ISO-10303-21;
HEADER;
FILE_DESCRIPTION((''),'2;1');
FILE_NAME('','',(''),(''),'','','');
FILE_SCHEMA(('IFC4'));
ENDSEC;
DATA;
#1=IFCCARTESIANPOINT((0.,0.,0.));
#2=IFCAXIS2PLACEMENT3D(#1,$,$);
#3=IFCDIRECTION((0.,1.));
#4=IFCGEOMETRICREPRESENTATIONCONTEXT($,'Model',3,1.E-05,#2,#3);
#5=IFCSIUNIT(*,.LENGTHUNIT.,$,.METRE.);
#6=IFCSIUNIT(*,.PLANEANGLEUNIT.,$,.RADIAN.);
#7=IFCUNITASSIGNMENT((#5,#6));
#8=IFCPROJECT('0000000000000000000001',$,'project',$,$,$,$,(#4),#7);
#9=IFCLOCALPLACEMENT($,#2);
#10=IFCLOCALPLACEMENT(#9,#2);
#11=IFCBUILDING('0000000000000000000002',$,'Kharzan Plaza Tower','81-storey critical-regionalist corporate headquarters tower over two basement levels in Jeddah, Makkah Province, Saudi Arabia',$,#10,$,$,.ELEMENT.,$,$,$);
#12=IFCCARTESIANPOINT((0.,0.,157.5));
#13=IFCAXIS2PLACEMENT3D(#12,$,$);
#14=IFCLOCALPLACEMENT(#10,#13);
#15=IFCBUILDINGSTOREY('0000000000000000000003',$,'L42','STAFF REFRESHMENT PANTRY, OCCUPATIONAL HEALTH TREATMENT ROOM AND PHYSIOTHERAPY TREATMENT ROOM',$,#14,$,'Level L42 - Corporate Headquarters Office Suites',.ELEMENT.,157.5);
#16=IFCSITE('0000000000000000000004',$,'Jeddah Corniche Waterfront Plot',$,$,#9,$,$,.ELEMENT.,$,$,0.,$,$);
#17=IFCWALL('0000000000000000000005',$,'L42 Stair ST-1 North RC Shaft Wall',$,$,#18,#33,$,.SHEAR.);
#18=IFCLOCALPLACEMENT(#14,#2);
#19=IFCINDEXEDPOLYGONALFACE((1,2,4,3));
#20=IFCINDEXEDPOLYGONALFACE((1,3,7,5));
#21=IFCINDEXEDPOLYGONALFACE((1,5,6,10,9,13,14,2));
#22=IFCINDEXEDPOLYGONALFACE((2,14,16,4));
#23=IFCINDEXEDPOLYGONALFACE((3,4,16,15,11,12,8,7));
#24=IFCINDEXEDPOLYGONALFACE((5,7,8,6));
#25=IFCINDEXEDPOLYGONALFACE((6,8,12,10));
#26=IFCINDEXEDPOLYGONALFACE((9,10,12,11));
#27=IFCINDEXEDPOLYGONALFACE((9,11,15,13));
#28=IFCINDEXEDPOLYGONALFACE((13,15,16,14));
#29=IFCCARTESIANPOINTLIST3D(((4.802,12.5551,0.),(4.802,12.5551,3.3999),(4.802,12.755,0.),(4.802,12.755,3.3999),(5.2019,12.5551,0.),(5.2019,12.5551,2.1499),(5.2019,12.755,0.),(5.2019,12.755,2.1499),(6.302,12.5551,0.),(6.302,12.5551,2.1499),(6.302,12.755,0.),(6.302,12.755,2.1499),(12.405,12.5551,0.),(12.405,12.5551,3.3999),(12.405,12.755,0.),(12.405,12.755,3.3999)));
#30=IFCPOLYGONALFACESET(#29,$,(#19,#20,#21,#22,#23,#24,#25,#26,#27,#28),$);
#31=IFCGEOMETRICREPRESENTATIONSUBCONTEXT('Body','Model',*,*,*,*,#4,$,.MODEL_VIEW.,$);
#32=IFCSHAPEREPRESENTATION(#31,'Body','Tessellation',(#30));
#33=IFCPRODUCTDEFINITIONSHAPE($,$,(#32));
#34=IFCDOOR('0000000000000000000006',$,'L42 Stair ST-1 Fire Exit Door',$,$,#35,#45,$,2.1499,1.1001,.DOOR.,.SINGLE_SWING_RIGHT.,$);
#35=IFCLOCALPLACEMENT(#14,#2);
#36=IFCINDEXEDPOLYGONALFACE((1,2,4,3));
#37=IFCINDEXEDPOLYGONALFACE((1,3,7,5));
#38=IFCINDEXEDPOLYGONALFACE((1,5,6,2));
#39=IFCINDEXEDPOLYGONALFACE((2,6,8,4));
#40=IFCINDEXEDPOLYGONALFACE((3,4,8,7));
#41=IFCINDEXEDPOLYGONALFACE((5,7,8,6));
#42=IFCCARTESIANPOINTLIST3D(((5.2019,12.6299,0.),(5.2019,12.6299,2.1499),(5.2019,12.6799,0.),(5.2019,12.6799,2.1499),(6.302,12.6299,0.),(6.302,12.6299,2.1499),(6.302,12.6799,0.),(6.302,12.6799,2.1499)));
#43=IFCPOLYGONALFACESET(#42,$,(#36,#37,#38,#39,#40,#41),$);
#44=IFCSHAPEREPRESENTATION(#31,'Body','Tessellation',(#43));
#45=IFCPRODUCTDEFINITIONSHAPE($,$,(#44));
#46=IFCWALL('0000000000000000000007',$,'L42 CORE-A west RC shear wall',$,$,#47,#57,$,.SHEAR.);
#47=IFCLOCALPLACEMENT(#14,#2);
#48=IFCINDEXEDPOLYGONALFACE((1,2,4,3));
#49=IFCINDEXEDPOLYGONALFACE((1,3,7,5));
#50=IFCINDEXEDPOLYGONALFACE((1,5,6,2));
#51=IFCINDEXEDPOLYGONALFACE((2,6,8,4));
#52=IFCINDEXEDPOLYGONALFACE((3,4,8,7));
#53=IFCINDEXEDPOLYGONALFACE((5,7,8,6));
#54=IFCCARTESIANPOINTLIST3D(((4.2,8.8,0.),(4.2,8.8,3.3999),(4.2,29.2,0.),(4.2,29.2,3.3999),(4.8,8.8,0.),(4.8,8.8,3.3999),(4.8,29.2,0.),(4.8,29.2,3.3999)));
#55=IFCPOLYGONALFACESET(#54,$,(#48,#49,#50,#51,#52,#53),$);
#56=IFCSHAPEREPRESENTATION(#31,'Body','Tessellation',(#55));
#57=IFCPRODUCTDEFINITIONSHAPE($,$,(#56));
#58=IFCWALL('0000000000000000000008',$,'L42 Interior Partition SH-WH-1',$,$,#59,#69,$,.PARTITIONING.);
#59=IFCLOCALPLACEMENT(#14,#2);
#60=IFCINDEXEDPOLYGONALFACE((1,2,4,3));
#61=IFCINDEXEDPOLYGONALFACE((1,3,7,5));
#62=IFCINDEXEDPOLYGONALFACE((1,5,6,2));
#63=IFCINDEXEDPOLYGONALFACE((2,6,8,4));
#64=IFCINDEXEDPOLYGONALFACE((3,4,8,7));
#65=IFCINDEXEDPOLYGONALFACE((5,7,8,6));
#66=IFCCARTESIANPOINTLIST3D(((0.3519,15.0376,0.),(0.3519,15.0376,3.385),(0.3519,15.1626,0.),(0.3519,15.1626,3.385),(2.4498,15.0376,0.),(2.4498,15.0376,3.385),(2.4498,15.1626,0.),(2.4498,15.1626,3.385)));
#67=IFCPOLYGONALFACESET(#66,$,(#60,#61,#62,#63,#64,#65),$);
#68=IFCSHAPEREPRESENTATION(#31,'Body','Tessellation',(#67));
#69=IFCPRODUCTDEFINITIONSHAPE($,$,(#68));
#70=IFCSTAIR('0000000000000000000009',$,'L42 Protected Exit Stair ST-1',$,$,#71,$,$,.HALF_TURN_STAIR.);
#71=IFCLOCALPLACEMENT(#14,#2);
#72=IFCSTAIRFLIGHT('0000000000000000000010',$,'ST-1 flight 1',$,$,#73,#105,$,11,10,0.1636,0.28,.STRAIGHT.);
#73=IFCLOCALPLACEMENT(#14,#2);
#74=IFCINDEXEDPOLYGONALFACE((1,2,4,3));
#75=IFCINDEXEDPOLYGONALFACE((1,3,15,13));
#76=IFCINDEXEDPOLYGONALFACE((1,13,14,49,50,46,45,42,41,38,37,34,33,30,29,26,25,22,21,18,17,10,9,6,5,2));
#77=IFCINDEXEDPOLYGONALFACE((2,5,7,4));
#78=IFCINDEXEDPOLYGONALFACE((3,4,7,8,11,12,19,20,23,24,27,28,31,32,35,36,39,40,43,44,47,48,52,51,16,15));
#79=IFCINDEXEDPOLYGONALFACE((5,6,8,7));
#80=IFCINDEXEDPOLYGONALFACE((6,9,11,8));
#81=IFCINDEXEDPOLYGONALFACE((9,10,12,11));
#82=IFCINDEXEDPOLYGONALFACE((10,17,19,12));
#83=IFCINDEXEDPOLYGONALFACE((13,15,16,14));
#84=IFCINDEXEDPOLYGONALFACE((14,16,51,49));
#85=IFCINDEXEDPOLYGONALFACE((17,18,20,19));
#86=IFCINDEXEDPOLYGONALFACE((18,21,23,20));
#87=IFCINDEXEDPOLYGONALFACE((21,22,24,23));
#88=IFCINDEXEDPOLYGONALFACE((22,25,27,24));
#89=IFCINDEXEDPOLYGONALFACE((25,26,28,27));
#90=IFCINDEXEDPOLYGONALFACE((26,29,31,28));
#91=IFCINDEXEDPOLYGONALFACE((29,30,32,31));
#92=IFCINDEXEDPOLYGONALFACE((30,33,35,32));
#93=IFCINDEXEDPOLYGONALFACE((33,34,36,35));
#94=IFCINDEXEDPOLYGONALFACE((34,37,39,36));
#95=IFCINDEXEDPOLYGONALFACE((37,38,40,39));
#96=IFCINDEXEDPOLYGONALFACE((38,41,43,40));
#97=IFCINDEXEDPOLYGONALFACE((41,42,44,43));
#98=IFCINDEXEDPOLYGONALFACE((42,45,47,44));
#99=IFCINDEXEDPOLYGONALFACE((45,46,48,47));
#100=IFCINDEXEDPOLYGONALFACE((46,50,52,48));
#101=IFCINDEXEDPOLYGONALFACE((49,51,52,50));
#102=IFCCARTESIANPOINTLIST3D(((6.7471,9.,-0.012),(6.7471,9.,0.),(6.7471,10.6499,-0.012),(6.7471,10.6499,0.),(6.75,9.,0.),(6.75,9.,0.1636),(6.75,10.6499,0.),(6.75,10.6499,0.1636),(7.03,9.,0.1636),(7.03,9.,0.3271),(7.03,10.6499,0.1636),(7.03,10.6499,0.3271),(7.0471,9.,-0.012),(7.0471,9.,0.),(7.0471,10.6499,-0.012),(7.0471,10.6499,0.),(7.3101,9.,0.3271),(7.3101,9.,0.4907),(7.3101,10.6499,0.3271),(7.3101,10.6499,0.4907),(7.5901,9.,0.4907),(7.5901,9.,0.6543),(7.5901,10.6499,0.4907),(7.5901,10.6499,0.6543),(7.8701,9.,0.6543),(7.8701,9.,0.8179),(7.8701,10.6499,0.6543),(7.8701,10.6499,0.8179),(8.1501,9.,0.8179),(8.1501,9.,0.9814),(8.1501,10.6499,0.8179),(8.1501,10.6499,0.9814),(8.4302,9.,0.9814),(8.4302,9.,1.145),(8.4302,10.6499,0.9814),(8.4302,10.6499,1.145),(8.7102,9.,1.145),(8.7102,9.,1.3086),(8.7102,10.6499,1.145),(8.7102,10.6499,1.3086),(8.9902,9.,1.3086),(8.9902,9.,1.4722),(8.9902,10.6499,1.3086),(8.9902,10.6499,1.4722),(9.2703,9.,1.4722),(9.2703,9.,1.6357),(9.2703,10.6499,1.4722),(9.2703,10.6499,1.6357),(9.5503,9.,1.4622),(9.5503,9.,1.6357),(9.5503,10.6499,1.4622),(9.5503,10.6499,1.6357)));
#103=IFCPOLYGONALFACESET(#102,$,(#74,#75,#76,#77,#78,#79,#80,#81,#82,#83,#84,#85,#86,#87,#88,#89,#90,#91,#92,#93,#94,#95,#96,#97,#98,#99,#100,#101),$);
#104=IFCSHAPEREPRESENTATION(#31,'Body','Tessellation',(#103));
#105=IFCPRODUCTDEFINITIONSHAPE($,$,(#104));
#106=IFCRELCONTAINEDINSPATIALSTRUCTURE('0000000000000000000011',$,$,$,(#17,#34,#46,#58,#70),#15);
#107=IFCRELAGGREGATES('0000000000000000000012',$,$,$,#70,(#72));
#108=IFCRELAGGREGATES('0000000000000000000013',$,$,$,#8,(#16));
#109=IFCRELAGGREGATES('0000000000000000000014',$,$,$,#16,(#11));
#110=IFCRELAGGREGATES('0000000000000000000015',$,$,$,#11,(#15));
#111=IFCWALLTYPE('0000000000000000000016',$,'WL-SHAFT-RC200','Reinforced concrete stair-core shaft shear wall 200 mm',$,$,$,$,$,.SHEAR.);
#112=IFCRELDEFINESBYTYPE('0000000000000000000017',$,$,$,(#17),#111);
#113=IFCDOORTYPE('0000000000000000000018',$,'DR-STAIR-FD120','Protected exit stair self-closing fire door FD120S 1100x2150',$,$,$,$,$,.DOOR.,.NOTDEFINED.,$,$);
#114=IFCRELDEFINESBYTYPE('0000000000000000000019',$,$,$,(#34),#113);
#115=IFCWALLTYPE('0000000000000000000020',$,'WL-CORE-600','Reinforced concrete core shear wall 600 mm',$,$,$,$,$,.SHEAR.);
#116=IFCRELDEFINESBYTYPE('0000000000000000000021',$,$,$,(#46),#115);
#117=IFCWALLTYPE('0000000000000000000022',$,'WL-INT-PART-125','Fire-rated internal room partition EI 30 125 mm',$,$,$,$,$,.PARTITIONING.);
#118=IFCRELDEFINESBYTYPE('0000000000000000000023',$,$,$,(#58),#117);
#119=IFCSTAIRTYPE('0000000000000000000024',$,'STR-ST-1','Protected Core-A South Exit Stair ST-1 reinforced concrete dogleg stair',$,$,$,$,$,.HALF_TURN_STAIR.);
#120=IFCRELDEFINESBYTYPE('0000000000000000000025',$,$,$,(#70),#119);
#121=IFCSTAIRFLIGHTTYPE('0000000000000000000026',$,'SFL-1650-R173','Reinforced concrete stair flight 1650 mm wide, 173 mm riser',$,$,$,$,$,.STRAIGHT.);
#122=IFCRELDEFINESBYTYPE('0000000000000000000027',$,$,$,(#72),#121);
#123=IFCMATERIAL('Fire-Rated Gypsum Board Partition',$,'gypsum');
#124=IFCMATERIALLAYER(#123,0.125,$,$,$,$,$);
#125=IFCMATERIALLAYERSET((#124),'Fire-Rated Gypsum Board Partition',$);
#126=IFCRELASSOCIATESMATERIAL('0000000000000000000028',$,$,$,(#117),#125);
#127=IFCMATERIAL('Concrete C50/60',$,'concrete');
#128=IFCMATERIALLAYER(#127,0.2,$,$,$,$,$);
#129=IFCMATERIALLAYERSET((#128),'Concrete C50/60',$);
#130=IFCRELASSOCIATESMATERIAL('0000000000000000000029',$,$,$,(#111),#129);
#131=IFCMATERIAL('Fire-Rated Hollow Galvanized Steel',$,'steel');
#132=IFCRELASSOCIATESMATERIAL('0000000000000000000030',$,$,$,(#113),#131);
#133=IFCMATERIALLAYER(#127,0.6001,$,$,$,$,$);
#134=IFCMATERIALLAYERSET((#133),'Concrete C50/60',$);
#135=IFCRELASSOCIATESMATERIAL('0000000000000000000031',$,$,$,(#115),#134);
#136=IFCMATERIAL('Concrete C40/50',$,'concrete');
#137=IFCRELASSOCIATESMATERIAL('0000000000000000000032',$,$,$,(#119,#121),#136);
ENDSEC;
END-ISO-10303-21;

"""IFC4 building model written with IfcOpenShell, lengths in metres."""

from ifc_helpers import new_model, si_unit, direction, frame, frame_2d, origin, place, context, subcontext, project, spatial, polyline, rectangle, outline, extrude, source, transform, mapped, material, layer, layer_set, type_object, element, fill, aggregate, save


model = new_model("IFC4")

# Units and contexts
model_context = context("Model", 3, precision=1e-05, world=origin(), true_north=direction((0.0, 1.0)))
body_context = subcontext(model_context, "Body", "Model", "MODEL_VIEW")
ifc_project = project(units=[si_unit("LENGTHUNIT", "METRE"), si_unit("PLANEANGLEUNIT", "RADIAN")], contexts=[model_context])

# Site, building, storey
site_placement = place(None, origin())
site = spatial("IfcSite", under=ifc_project, at=site_placement, Name="Jeddah Corniche Waterfront Plot", CompositionType="ELEMENT", RefElevation=0.0)
building_placement = place(site_placement, origin())
building = spatial("IfcBuilding", under=site, at=building_placement, Name="Kharzan Plaza Tower", Description="81-storey critical-regionalist corporate headquarters tower over two basement levels in Jeddah, Makkah Province, Saudi Arabia", CompositionType="ELEMENT")
storey_placement = place(building_placement, frame((0.0, 0.0, 157.5)))
storey = spatial("IfcBuildingStorey", under=building, at=storey_placement, Name="L42", Description="STAFF REFRESHMENT PANTRY, OCCUPATIONAL HEALTH TREATMENT ROOM AND PHYSIOTHERAPY TREATMENT ROOM", LongName="Level L42 - Corporate Headquarters Office Suites", CompositionType="ELEMENT", Elevation=157.5)

# Shared definitions
ifc_material_1 = material(Name="Concrete C50/60", Category="concrete")

# Shared definitions
ifc_material_2 = material(Name="Concrete C40/50", Category="concrete")

# Wall, opening, door
ifc_material_3 = material(Name="Fire-Rated Gypsum Board Partition", Category="gypsum")
ifc_layer_1 = layer(ifc_material_3, 0.125)
ifc_layer_set_1 = layer_set([ifc_layer_1], Name="Fire-Rated Gypsum Board Partition")
wall_type_1 = type_object("IfcWallType", Name="WL-INT-PART-125", Description="Fire-rated internal room partition EI 30 125 mm", PredefinedType="PARTITIONING", material=ifc_layer_set_1)
ifc_layer_2 = layer(ifc_material_1, 0.2)
ifc_layer_set_2 = layer_set([ifc_layer_2], Name="Concrete C50/60")
wall_type_2 = type_object("IfcWallType", Name="WL-SHAFT-RC200", Description="Reinforced concrete stair-core shaft shear wall 200 mm", PredefinedType="SHEAR", material=ifc_layer_set_2)
wall_1_placement = place(storey_placement, frame((4.802, 12.655, 0.0), z_axis=(0.0, 0.0, 1.0), x_axis=(1.0, 0.0, 0.0)))
wall_1 = element("IfcWall", 1, at=wall_1_placement, inside=storey, type_object=wall_type_2, Name="L42 Stair ST-1 North RC Shaft Wall", PredefinedType="SHEAR", context=body_context, shape_type="SweptSolid", body=[
    extrude(rectangle(XDim=7.603, YDim=0.2, at=frame_2d((3.8015, 0.0))), origin(), (0.0, 0.0, 1.0), 3.3999),
])
opening_1_placement = place(wall_1_placement, frame((0.3999, 0.0, 0.0)))
opening_1 = element("IfcOpeningElement", 2, at=opening_1_placement, cuts=wall_1, PredefinedType="OPENING", context=body_context, shape_type="SweptSolid", body=[
    extrude(rectangle(XDim=1.1001, YDim=2.1499, at=frame_2d((0.55, 1.075))), frame((0.0, 0.1099, 0.0), z_axis=(0.0, -1.0, 0.0), x_axis=(1.0, 0.0, 0.0)), (0.0, 0.0, 1.0), 0.22),
])
ifc_material_4 = material(Name="Fire-Rated Hollow Galvanized Steel", Category="steel")
door_type_1 = type_object("IfcDoorType", Name="DR-STAIR-FD120", Description="Protected exit stair self-closing fire door FD120S 1100x2150", OperationType="NOTDEFINED", PredefinedType="DOOR", material=ifc_material_4)
shared_shape_1 = source(origin(), body_context, "Body", "SweptSolid", [
    extrude(rectangle(XDim=1.1001, YDim=2.1499, at=frame_2d((0.55, 1.075))), frame((0.0, 0.0249, 0.0), z_axis=(0.0, -1.0, 0.0), x_axis=(1.0, 0.0, 0.0)), (0.0, 0.0, 1.0), 0.05),
])
door_1_placement = place(opening_1_placement, origin())
door_1 = element("IfcDoor", 3, at=door_1_placement, inside=storey, type_object=door_type_1, Name="L42 Stair ST-1 Fire Exit Door", OperationType="SINGLE_SWING_RIGHT", OverallHeight=2.1499, OverallWidth=1.1001, PredefinedType="DOOR", context=body_context, shape_type="MappedRepresentation", body=[
    mapped(shared_shape_1, transform((0.0, 0.0, 0.0), x_axis=(1.0, 0.0, 0.0), y_axis=(0.0, 1.0, 0.0), z_axis=(0.0, 0.0, 1.0))),
])
fill(opening_1, door_1)

# Walls
ifc_layer_3 = layer(ifc_material_1, 0.6001)
ifc_layer_set_3 = layer_set([ifc_layer_3], Name="Concrete C50/60")
wall_type_3 = type_object("IfcWallType", Name="WL-CORE-600", Description="Reinforced concrete core shear wall 600 mm", PredefinedType="SHEAR", material=ifc_layer_set_3)
shared_shape_2 = source(origin(), body_context, "Body", "SweptSolid", [
    extrude(rectangle(XDim=20.3999, YDim=0.6001, at=frame_2d((10.2, 0.0))), origin(), (0.0, 0.0, 1.0), 3.3999),
])
wall_2_placement = place(storey_placement, frame((4.5, 8.8, 0.0), z_axis=(0.0, 0.0, 1.0), x_axis=(0.0, 1.0, 0.0)))
element("IfcWall", 4, at=wall_2_placement, inside=storey, type_object=wall_type_3, Name="L42 CORE-A west RC shear wall", PredefinedType="SHEAR", context=body_context, shape_type="MappedRepresentation", body=[
    mapped(shared_shape_2, transform((0.0, 0.0, 0.0), x_axis=(1.0, 0.0, 0.0), y_axis=(0.0, 1.0, 0.0), z_axis=(0.0, 0.0, 1.0))),
])
shared_shape_3 = source(origin(), body_context, "Body", "SweptSolid", [
    extrude(rectangle(XDim=2.0979, YDim=0.125, at=frame_2d((1.0488, 0.0))), origin(), (0.0, 0.0, 1.0), 3.385),
])
wall_3_placement = place(storey_placement, frame((0.3521, 15.1001, 0.0), z_axis=(0.0, 0.0, 1.0), x_axis=(1.0, 0.0, 0.0)))
element("IfcWall", 5, at=wall_3_placement, inside=storey, type_object=wall_type_1, Name="L42 Interior Partition SH-WH-1", PredefinedType="PARTITIONING", context=body_context, shape_type="MappedRepresentation", body=[
    mapped(shared_shape_3, transform((0.0, 0.0, 0.0), x_axis=(1.0, 0.0, 0.0), y_axis=(0.0, 1.0, 0.0), z_axis=(0.0, 0.0, 1.0))),
])

# Stair, stair flight
stair_type = type_object("IfcStairType", Name="STR-ST-1", Description="Protected Core-A South Exit Stair ST-1 reinforced concrete dogleg stair", PredefinedType="HALF_TURN_STAIR", material=ifc_material_2)
stair_placement = place(storey_placement, origin())
stair = element("IfcStair", 6, at=stair_placement, inside=storey, type_object=stair_type, Name="L42 Protected Exit Stair ST-1", PredefinedType="HALF_TURN_STAIR")
stair_flight_type = type_object("IfcStairFlightType", Name="SFL-1650-R173", Description="Reinforced concrete stair flight 1650 mm wide, 173 mm riser", PredefinedType="STRAIGHT", material=ifc_material_2)
shared_shape_4 = source(origin(), body_context, "Body", "SweptSolid", [
    extrude(outline(polyline([(-0.0029, -0.012), (-0.0029, 0.0), (0.0, 0.0), (0.0, 0.1636), (0.28, 0.1636), (0.28, 0.3271), (0.5601, 0.3271), (0.5601, 0.4907), (0.8401, 0.4907), (0.8401, 0.6543), (1.1201, 0.6543), (1.1201, 0.8179), (1.4001, 0.8179), (1.4001, 0.9814), (1.6802, 0.9814), (1.6802, 1.145), (1.9602, 1.145), (1.9602, 1.3086), (2.2402, 1.3086), (2.2402, 1.4722), (2.5203, 1.4722), (2.5203, 1.6357), (2.8003, 1.6357), (2.8003, 1.7993), (2.8003, 1.4622), (0.2971, 0.0), (0.2971, -0.012), (-0.0029, -0.012)])), frame((0.0, 0.825, 0.0), z_axis=(0.0, -1.0, 0.0), x_axis=(1.0, 0.0, 0.0)), (0.0, 0.0, 1.0), 1.6499),
])
stair_flight_placement = place(storey_placement, frame((6.75, 9.825, 0.0), z_axis=(0.0, 0.0, 1.0), x_axis=(1.0, 0.0, 0.0)))
stair_flight = element("IfcStairFlight", 7, at=stair_flight_placement, type_object=stair_flight_type, Name="ST-1 flight 1", NumberOfRisers=11, NumberOfTreads=10, PredefinedType="STRAIGHT", RiserHeight=0.1636, TreadLength=0.28, context=body_context, shape_type="MappedRepresentation", body=[
    mapped(shared_shape_4, transform((0.0, 0.0, 0.0), x_axis=(1.0, 0.0, 0.0), y_axis=(0.0, 1.0, 0.0), z_axis=(0.0, 0.0, 1.0))),
])
aggregate(stair, [stair_flight])

save(model, "model.ifc")
